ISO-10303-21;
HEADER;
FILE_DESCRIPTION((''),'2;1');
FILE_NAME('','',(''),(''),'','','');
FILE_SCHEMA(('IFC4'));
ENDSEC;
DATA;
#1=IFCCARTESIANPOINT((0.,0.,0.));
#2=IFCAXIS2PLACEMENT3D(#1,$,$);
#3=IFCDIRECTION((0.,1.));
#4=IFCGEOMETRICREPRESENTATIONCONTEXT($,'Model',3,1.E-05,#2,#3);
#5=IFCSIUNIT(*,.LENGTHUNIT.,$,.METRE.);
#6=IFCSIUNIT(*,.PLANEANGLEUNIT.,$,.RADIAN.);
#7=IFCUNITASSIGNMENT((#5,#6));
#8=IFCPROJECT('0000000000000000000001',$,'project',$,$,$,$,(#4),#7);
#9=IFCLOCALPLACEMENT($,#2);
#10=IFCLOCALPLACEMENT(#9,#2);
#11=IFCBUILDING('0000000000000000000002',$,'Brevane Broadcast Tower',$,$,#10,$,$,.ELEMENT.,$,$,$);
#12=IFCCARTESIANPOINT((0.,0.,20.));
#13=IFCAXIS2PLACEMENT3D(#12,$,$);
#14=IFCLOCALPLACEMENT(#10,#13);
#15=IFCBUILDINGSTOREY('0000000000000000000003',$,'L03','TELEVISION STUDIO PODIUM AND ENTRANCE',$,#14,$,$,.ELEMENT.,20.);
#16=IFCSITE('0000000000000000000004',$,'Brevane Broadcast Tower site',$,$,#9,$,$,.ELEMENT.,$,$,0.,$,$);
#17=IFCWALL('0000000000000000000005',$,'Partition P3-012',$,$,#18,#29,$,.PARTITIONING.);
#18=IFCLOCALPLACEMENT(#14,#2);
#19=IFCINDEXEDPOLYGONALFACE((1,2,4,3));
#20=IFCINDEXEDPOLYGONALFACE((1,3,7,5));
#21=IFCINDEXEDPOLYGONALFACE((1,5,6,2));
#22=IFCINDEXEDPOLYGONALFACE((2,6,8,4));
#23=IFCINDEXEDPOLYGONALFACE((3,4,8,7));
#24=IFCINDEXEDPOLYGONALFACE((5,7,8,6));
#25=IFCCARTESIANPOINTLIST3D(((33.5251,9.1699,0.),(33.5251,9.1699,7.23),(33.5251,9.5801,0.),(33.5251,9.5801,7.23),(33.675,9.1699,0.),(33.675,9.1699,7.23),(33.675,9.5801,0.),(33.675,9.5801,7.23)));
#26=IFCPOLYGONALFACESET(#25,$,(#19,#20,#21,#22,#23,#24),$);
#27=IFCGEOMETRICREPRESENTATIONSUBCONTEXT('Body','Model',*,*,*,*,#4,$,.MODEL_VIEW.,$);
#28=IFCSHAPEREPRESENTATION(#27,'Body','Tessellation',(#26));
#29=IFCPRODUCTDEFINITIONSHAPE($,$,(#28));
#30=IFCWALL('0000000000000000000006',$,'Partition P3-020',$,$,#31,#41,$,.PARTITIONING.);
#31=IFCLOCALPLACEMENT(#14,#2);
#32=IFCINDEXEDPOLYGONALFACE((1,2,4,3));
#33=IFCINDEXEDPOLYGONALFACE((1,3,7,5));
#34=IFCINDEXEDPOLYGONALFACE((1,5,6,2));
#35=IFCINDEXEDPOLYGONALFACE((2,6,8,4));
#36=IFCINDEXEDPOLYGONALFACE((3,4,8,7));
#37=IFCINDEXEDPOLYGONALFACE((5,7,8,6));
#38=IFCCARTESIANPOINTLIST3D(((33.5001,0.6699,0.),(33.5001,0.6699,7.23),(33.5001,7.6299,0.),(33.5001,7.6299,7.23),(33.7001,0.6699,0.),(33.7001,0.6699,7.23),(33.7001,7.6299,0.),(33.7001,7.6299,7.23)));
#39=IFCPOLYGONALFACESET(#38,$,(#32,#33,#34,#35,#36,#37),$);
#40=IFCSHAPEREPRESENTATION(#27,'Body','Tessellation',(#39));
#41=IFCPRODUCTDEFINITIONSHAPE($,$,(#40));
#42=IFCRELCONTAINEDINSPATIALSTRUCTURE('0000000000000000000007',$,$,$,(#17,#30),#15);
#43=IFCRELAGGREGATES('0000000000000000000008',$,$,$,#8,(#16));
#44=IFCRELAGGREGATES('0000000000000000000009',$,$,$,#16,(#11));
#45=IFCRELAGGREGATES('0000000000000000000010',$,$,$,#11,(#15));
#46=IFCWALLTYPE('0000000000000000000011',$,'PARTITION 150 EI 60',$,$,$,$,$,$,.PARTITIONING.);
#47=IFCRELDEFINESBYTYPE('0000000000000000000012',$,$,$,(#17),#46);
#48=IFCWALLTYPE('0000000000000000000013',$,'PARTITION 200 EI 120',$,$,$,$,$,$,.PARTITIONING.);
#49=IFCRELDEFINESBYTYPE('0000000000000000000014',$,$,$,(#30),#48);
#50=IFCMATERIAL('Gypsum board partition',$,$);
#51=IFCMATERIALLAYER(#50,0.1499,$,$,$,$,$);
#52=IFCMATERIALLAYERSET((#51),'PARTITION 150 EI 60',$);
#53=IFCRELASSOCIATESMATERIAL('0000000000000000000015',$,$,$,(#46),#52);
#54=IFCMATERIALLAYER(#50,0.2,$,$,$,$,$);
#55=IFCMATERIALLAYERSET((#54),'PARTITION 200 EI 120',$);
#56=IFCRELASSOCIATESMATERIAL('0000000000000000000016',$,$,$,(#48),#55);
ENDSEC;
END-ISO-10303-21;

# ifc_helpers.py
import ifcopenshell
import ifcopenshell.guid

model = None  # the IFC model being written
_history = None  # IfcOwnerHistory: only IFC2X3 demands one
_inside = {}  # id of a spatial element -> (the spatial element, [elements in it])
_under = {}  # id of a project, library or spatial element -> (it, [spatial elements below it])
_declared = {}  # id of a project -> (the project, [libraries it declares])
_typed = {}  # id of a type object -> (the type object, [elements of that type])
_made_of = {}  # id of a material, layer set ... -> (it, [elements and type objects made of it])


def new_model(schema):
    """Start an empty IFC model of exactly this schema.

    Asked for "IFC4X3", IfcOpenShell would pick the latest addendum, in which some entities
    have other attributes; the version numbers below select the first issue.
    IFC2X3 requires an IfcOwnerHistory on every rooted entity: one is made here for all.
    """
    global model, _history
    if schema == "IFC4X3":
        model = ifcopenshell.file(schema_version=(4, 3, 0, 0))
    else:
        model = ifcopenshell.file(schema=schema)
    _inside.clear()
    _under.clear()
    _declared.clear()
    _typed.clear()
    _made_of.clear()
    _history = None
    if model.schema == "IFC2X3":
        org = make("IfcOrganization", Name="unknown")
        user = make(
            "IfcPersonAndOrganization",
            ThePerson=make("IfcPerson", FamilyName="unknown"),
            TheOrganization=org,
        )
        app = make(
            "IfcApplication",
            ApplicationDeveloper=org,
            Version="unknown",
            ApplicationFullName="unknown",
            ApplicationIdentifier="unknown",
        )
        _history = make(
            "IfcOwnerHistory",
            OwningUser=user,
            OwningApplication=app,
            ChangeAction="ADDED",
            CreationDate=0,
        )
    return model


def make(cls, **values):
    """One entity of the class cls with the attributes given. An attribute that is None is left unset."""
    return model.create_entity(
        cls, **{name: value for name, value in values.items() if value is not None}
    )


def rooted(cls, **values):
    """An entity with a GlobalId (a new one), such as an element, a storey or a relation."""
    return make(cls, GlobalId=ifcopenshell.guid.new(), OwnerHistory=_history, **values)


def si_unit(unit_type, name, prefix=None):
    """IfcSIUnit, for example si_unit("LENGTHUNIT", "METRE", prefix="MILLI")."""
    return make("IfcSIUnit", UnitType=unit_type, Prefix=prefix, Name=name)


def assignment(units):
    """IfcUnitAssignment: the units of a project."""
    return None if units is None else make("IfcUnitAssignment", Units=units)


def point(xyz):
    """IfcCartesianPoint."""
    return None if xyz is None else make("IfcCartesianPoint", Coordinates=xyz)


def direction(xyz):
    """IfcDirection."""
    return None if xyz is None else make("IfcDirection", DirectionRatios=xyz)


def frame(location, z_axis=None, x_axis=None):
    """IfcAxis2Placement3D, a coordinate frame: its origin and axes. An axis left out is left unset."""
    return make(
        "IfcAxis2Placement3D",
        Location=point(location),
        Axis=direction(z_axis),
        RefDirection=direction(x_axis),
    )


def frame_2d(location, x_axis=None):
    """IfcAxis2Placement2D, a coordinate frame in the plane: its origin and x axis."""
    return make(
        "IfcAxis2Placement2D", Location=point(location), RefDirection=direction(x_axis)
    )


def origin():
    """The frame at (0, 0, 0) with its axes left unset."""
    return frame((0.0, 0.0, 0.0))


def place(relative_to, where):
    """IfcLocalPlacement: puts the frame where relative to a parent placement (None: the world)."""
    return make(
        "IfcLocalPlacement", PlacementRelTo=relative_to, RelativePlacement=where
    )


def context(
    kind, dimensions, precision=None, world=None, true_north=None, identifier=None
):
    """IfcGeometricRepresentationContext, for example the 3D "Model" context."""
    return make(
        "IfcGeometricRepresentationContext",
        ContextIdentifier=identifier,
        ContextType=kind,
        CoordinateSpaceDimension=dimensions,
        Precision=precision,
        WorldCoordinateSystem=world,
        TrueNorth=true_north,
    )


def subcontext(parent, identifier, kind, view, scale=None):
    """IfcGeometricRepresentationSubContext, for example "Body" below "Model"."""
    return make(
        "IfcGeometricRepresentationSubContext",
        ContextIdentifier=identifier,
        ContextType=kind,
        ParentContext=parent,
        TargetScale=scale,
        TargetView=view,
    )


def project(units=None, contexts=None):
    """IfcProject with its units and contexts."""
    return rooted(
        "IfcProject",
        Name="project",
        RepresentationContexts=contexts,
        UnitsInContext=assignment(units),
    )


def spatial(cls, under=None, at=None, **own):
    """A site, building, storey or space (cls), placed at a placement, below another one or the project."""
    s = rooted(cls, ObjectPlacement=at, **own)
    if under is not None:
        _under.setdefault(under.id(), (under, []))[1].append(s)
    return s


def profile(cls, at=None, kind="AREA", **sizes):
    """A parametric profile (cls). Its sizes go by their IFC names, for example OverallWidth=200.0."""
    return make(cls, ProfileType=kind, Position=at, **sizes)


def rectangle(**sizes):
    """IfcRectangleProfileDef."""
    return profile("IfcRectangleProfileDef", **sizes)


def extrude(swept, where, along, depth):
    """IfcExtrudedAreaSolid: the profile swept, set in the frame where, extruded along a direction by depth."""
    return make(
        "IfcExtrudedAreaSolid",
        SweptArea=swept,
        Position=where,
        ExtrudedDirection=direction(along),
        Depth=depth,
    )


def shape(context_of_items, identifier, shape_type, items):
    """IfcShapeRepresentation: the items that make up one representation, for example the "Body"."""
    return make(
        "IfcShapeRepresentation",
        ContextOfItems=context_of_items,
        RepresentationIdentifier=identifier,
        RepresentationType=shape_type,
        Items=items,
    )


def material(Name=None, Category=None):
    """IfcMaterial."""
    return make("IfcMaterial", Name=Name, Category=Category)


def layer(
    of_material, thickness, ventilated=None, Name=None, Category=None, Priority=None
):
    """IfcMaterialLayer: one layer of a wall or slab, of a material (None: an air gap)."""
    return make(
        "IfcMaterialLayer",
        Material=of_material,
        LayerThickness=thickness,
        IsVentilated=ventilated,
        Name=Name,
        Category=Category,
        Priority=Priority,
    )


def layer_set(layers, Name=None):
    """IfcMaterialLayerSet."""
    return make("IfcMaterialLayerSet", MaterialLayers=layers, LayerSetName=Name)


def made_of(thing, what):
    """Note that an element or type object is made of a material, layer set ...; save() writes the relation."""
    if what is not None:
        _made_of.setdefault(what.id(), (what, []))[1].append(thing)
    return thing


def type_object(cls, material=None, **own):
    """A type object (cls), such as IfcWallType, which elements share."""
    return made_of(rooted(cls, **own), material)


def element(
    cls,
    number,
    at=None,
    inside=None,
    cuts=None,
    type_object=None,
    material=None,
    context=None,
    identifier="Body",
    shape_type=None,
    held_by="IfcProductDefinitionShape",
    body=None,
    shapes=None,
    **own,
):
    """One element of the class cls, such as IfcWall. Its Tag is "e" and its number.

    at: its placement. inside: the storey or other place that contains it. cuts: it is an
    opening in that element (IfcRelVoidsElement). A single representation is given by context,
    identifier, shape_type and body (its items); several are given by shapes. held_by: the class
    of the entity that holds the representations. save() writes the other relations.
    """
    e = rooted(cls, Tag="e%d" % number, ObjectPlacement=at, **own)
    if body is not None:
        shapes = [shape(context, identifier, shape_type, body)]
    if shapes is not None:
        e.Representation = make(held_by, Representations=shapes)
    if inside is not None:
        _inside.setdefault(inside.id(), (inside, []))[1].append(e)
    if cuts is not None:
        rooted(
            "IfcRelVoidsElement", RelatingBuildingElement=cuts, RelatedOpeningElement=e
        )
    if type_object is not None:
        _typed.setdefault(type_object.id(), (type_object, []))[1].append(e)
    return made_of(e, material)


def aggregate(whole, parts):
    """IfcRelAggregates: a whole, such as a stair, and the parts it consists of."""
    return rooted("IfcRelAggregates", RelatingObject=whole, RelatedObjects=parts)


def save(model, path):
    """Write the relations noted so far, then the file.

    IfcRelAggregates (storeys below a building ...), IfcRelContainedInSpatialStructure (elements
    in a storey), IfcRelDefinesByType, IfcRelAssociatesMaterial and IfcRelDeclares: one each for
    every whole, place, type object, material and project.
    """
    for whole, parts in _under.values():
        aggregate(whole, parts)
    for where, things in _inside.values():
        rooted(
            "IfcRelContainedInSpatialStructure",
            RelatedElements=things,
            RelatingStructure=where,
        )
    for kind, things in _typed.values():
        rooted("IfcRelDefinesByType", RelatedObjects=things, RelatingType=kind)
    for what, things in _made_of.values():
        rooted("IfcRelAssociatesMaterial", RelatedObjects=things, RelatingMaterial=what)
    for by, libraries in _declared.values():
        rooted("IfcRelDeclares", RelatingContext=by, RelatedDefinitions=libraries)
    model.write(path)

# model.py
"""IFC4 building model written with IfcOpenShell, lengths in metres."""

from ifc_helpers import new_model, si_unit, direction, frame, frame_2d, origin, place, context, subcontext, project, spatial, rectangle, extrude, material, layer, layer_set, type_object, element, save


model = new_model("IFC4")

# Units and contexts
model_context = context("Model", 3, precision=1e-05, world=origin(), true_north=direction((0.0, 1.0)))
body_context = subcontext(model_context, "Body", "Model", "MODEL_VIEW")
ifc_project = project(units=[si_unit("LENGTHUNIT", "METRE"), si_unit("PLANEANGLEUNIT", "RADIAN")], contexts=[model_context])

# Site, building, storey
site_placement = place(None, origin())
site = spatial("IfcSite", under=ifc_project, at=site_placement, Name="Brevane Broadcast Tower site", CompositionType="ELEMENT", RefElevation=0.0)
building_placement = place(site_placement, origin())
building = spatial("IfcBuilding", under=site, at=building_placement, Name="Brevane Broadcast Tower", CompositionType="ELEMENT")
storey_placement = place(building_placement, frame((0.0, 0.0, 20.0)))
storey = spatial("IfcBuildingStorey", under=building, at=storey_placement, Name="L03", Description="TELEVISION STUDIO PODIUM AND ENTRANCE", CompositionType="ELEMENT", Elevation=20.0)

# Shared definitions
ifc_material_1 = material(Name="Gypsum board partition")

# Shared definitions
ifc_layer_1 = layer(ifc_material_1, 0.1499)
ifc_layer_set_1 = layer_set([ifc_layer_1], Name="PARTITION 150 EI 60")
wall_type_1 = type_object("IfcWallType", Name="PARTITION 150 EI 60", PredefinedType="PARTITIONING", material=ifc_layer_set_1)

# Walls
wall_1_placement = place(storey_placement, frame((33.6001, 9.1699, 0.0), z_axis=(0.0, 0.0, 1.0), x_axis=(0.0, 1.0, 0.0)))
element("IfcWall", 1, at=wall_1_placement, inside=storey, type_object=wall_type_1, Name="Partition P3-012", PredefinedType="PARTITIONING", context=body_context, shape_type="SweptSolid", body=[
    extrude(rectangle(XDim=0.4102, YDim=0.1499, at=frame_2d((0.2051, 0.0))), origin(), (0.0, 0.0, 1.0), 7.23),
])
ifc_layer_2 = layer(ifc_material_1, 0.2)
ifc_layer_set_2 = layer_set([ifc_layer_2], Name="PARTITION 200 EI 120")
wall_type_2 = type_object("IfcWallType", Name="PARTITION 200 EI 120", PredefinedType="PARTITIONING", material=ifc_layer_set_2)
wall_2_placement = place(storey_placement, frame((33.6001, 0.6699, 0.0), z_axis=(0.0, 0.0, 1.0), x_axis=(0.0, 1.0, 0.0)))
element("IfcWall", 2, at=wall_2_placement, inside=storey, type_object=wall_type_2, Name="Partition P3-020", PredefinedType="PARTITIONING", context=body_context, shape_type="SweptSolid", body=[
    extrude(rectangle(XDim=6.96, YDim=0.2, at=frame_2d((3.48, 0.0))), origin(), (0.0, 0.0, 1.0), 7.23),
])

save(model, "model.ifc")
